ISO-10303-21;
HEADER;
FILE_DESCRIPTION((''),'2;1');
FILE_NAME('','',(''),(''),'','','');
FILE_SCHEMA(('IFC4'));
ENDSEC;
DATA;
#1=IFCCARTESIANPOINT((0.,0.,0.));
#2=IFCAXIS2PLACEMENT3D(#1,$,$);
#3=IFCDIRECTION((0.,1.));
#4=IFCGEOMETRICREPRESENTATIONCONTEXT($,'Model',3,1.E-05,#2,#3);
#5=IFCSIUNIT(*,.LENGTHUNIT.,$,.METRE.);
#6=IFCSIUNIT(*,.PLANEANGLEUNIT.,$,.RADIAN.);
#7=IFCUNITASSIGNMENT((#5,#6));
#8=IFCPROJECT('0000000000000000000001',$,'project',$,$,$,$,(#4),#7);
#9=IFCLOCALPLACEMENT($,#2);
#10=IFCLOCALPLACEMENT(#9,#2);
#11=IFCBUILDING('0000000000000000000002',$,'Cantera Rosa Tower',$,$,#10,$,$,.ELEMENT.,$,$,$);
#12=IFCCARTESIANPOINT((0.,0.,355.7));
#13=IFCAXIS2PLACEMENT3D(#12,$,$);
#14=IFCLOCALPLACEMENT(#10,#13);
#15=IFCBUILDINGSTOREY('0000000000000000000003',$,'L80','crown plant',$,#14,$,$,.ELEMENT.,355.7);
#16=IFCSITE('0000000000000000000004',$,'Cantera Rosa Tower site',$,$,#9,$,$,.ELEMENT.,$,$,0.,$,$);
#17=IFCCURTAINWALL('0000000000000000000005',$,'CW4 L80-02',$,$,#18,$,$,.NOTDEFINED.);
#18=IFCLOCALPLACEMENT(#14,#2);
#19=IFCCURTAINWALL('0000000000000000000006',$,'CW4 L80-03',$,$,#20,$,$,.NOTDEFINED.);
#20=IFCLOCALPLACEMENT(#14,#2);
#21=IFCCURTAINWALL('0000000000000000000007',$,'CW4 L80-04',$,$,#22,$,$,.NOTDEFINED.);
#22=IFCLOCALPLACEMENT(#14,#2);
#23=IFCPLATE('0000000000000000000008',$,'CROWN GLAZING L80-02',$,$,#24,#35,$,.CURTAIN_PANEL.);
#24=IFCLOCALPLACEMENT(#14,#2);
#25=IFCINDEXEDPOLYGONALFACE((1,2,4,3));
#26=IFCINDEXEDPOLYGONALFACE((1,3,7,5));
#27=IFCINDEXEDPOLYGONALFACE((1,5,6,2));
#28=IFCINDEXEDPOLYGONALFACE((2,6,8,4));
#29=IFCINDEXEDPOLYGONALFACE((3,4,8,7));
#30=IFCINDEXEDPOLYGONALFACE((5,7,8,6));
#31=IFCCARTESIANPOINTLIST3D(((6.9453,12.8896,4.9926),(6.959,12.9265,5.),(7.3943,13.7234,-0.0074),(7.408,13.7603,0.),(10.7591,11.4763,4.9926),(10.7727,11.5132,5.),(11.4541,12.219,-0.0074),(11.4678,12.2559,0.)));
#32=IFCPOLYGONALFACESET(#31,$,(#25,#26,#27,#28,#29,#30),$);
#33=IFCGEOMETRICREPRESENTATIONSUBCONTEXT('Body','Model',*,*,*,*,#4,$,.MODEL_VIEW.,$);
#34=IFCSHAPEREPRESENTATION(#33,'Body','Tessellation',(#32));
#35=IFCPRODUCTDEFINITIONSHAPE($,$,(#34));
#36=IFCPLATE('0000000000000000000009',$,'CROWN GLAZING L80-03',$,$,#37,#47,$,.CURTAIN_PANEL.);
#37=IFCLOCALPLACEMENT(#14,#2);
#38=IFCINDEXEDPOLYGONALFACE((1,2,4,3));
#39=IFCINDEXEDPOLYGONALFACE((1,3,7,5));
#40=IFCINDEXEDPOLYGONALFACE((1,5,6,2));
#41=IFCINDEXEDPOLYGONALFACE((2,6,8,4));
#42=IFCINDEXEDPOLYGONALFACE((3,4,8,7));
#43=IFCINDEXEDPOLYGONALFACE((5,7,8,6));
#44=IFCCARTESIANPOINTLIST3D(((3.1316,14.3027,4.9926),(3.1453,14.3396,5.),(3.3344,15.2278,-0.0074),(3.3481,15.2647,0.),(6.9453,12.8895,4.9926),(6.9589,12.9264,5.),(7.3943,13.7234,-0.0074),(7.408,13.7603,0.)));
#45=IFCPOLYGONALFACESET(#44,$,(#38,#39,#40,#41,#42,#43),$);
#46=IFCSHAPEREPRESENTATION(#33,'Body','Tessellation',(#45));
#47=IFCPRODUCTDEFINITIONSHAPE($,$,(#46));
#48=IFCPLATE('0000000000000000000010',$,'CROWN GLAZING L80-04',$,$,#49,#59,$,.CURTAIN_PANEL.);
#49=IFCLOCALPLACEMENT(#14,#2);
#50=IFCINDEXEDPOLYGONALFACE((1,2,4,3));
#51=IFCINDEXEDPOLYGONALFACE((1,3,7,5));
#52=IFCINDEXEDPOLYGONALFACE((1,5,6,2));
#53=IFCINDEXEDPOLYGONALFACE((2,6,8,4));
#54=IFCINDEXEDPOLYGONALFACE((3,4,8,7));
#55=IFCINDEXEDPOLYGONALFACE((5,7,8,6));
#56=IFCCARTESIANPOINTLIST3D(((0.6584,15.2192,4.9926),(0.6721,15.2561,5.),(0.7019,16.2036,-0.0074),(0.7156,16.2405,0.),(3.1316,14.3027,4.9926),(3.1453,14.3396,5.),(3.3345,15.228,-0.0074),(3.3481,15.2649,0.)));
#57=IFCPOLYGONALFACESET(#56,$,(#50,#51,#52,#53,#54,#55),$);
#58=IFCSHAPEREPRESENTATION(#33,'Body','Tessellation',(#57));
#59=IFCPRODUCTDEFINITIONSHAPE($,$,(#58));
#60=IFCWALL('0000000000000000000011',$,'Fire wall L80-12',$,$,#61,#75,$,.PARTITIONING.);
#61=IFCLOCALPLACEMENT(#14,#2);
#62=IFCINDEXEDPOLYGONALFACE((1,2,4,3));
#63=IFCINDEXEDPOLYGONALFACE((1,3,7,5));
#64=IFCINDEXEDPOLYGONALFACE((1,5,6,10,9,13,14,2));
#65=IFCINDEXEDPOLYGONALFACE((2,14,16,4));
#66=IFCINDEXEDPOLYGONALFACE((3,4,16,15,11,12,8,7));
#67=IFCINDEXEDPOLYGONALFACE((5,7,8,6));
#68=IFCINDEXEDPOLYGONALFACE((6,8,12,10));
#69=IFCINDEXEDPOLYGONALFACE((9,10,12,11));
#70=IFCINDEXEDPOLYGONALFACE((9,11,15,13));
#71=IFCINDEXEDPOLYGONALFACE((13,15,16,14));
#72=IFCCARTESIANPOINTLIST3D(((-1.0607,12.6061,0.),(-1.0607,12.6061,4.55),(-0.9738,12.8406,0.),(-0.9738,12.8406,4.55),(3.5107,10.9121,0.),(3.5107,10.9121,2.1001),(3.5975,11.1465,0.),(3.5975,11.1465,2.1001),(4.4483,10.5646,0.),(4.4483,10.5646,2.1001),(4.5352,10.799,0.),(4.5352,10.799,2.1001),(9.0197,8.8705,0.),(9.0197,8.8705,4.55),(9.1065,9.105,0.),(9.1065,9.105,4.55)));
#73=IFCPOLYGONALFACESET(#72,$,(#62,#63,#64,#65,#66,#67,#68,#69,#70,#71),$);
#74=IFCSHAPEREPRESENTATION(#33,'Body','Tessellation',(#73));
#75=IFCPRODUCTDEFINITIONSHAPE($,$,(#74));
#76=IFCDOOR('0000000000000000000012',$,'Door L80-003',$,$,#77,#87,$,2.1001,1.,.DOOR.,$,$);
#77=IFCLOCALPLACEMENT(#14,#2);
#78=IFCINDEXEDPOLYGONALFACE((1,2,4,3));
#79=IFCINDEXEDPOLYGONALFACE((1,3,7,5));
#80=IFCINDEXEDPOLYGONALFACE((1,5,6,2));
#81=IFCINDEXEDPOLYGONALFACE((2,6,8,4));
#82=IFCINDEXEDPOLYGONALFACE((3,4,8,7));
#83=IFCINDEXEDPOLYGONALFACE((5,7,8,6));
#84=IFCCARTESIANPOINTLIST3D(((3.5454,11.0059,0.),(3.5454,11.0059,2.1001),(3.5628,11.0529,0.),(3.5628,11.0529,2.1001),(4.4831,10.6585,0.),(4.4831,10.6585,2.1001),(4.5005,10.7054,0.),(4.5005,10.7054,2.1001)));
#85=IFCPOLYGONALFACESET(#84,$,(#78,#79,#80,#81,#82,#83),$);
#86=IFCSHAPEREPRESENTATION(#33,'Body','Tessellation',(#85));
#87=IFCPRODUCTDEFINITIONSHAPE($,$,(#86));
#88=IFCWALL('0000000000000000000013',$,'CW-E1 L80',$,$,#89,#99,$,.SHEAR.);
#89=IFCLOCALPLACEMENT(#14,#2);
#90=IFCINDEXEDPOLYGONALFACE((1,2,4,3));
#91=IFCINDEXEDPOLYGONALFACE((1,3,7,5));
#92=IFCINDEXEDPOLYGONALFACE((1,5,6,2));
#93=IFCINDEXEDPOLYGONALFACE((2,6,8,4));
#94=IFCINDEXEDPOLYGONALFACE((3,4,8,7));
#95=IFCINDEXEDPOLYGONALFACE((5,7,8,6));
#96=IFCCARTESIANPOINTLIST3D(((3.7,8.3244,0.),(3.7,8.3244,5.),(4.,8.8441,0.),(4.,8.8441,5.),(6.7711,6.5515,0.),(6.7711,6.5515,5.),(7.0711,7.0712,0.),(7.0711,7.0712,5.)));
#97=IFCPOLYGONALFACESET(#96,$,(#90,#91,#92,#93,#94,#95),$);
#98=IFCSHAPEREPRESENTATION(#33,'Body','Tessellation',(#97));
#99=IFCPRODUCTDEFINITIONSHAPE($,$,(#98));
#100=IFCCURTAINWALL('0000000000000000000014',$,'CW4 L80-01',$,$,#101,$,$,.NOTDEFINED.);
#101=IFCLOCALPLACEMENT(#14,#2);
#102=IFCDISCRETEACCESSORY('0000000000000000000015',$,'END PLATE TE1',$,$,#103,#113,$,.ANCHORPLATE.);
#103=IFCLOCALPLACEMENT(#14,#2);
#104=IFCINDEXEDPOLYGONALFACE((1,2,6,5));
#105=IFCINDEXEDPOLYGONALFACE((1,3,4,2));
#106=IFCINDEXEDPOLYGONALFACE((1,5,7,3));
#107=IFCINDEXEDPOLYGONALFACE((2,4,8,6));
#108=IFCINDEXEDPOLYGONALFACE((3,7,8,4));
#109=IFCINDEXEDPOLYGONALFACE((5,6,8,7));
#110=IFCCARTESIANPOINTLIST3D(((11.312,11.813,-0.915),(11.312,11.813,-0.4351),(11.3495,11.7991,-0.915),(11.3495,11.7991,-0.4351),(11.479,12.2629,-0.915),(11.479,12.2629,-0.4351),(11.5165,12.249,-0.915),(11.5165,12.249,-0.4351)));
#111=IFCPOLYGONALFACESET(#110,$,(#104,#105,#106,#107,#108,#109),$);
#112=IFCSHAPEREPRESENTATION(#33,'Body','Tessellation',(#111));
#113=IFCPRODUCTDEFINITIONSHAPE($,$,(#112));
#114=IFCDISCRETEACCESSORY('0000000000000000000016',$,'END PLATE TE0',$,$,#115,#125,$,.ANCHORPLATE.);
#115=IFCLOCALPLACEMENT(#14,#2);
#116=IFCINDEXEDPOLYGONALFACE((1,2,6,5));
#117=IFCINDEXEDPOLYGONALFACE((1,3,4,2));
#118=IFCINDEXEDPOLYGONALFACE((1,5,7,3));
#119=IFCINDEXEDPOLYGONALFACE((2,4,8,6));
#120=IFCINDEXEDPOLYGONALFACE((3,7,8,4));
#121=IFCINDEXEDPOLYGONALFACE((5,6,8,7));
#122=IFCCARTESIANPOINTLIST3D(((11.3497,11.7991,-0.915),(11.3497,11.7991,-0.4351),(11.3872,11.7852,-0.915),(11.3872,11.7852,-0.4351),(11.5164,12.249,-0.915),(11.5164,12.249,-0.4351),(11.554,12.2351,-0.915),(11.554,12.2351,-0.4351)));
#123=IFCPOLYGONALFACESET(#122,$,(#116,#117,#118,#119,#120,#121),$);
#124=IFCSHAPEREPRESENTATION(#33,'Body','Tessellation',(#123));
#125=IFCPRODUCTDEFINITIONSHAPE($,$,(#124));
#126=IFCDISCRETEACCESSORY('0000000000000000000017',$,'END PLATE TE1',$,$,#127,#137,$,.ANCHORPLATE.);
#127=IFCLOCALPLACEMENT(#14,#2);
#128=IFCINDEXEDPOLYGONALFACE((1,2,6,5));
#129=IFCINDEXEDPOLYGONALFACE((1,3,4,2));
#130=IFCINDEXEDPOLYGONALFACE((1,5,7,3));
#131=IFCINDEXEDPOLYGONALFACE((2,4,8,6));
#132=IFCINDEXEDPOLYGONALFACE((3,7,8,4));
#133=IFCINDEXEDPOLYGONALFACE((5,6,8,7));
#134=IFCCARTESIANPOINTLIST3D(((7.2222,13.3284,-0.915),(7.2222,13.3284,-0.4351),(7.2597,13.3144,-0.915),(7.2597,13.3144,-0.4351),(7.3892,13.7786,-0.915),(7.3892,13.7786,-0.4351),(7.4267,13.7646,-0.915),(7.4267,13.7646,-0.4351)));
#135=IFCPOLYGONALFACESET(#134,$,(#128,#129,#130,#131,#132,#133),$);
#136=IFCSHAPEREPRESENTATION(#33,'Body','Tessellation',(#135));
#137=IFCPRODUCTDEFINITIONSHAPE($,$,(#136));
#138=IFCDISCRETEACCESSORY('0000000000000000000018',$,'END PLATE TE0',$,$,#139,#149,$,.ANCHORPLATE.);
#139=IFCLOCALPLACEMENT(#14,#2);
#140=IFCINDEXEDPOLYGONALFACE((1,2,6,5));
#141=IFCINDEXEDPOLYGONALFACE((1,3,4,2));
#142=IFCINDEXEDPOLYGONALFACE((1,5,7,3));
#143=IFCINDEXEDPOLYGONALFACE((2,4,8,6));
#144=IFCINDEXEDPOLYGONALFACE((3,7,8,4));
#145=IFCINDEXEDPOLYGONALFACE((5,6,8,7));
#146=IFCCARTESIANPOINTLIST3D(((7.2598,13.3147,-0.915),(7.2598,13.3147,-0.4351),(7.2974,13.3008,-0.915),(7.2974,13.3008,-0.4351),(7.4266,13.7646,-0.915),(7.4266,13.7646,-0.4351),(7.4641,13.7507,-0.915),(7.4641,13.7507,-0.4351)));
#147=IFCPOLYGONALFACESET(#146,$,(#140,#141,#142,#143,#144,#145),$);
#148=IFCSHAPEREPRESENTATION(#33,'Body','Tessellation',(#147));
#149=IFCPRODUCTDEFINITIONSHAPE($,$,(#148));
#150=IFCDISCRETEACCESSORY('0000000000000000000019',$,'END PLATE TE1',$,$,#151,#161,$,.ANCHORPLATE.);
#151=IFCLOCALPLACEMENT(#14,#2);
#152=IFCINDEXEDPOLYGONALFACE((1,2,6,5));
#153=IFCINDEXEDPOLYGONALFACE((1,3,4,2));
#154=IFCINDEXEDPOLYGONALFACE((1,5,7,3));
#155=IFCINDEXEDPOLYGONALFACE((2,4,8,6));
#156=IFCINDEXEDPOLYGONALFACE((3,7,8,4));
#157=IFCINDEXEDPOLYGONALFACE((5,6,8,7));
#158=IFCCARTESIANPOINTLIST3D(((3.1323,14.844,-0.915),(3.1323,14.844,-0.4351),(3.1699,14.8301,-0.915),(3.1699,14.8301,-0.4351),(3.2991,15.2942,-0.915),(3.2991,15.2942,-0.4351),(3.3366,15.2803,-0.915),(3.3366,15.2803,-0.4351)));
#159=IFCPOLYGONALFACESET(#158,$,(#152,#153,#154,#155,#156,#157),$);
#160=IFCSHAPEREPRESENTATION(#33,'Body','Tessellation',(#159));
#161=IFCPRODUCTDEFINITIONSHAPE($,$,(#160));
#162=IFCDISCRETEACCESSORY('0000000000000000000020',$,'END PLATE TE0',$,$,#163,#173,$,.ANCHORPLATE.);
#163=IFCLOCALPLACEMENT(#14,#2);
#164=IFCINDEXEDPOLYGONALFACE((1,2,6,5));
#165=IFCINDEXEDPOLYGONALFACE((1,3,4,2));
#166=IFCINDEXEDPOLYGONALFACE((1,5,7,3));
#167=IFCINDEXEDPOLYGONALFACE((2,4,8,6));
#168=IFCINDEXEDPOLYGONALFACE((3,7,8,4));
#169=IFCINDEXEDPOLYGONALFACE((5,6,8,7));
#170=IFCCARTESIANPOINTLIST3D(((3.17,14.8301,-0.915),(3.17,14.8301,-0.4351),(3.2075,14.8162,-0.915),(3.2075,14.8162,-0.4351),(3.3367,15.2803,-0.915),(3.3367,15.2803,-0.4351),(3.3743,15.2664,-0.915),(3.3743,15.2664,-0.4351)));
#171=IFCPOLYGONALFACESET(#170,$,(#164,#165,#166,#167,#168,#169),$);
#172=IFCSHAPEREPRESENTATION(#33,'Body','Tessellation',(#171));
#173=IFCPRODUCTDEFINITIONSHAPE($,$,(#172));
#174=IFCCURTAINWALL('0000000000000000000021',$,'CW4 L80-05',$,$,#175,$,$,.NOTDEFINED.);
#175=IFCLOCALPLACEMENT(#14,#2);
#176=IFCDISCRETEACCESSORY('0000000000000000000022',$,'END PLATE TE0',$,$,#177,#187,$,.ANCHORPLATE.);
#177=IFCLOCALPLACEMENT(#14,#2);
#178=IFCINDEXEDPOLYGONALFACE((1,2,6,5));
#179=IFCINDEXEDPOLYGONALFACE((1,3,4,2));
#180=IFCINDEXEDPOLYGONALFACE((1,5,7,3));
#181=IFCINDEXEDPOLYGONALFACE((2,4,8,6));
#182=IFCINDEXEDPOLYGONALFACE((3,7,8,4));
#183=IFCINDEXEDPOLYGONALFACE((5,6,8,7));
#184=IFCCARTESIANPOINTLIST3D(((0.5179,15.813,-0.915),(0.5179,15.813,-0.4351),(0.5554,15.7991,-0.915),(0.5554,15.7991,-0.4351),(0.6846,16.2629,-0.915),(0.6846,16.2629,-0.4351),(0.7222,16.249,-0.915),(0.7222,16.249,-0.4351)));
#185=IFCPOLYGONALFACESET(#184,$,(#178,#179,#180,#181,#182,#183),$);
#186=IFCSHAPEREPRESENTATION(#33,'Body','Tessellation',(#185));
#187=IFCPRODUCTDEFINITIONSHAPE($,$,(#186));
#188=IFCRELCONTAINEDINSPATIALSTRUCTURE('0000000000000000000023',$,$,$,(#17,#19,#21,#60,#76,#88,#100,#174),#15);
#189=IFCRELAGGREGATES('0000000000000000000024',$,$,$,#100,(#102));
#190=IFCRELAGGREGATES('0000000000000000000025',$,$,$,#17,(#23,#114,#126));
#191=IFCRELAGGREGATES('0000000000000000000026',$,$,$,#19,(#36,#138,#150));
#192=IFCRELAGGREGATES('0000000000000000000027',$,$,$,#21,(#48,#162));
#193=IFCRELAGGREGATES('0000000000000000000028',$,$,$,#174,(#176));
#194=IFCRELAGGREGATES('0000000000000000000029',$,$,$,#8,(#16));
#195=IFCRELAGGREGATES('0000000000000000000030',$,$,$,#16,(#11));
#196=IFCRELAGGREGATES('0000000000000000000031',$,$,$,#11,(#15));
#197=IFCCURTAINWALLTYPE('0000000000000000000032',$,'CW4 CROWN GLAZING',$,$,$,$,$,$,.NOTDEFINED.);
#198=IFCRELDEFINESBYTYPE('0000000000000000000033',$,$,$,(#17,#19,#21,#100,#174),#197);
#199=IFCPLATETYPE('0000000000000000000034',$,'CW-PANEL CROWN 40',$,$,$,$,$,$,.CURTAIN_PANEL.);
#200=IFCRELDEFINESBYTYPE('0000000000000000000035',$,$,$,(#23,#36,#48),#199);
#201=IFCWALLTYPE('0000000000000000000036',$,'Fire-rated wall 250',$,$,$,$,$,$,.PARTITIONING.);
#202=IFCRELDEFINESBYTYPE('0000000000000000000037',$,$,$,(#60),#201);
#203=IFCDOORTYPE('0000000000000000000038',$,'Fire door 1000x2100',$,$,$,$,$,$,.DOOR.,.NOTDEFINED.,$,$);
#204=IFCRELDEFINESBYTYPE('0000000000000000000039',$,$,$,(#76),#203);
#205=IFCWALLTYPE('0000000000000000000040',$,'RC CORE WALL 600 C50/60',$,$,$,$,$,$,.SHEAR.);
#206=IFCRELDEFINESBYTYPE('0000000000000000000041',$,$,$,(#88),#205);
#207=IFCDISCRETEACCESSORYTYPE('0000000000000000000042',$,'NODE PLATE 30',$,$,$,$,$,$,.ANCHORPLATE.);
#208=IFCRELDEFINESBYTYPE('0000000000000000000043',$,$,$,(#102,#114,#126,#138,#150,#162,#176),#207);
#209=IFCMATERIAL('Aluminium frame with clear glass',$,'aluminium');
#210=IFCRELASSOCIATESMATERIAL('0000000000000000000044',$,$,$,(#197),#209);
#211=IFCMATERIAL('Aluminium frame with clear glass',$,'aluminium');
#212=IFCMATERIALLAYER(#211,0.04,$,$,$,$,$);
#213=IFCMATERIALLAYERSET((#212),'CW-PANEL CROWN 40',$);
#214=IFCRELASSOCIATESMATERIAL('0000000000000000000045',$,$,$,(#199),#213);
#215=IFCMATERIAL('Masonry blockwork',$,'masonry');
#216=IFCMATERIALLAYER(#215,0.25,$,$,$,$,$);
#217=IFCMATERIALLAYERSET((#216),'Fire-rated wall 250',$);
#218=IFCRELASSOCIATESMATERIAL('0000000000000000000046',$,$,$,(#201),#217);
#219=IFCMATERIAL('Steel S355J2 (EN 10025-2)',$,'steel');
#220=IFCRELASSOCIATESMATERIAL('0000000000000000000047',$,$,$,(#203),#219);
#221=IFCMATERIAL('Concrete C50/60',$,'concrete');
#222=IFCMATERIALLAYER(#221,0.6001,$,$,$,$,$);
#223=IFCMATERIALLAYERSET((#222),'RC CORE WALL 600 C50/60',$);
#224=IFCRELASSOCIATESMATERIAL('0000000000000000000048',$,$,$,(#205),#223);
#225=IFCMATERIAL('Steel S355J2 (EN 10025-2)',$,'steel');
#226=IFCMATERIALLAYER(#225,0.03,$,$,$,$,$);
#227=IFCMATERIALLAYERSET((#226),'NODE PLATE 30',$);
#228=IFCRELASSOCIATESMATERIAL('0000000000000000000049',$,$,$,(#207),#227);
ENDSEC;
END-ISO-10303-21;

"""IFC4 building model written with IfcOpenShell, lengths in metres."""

from ifc_helpers import new_model, si_unit, direction, frame, frame_2d, origin, place, context, subcontext, project, spatial, polyline, rectangle, outline, extrude, material, layer, layer_set, type_object, element, fill, aggregate, save


model = new_model("IFC4")

# Units and contexts
model_context = context("Model", 3, precision=1e-05, world=origin(), true_north=direction((0.0, 1.0)))
body_context = subcontext(model_context, "Body", "Model", "MODEL_VIEW")
ifc_project = project(units=[si_unit("LENGTHUNIT", "METRE"), si_unit("PLANEANGLEUNIT", "RADIAN")], contexts=[model_context])

# Site, building, storey
site_placement = place(None, origin())
site = spatial("IfcSite", under=ifc_project, at=site_placement, Name="Cantera Rosa Tower site", CompositionType="ELEMENT", RefElevation=0.0)
building_placement = place(site_placement, origin())
building = spatial("IfcBuilding", under=site, at=building_placement, Name="Cantera Rosa Tower", CompositionType="ELEMENT")
storey_placement = place(building_placement, frame((0.0, 0.0, 355.7)))
storey = spatial("IfcBuildingStorey", under=building, at=storey_placement, Name="L80", Description="crown plant", CompositionType="ELEMENT", Elevation=355.7)

# Curtain walls
ifc_material_1 = material(Name="Aluminium frame with clear glass", Category="aluminium")
curtain_wall_type = type_object("IfcCurtainWallType", Name="CW4 CROWN GLAZING", PredefinedType="NOTDEFINED", material=ifc_material_1)
curtain_wall_1_placement = place(storey_placement, origin())
curtain_wall_1 = element("IfcCurtainWall", 1, at=curtain_wall_1_placement, inside=storey, type_object=curtain_wall_type, Name="CW4 L80-02", PredefinedType="NOTDEFINED")
curtain_wall_2_placement = place(storey_placement, origin())
curtain_wall_2 = element("IfcCurtainWall", 2, at=curtain_wall_2_placement, inside=storey, type_object=curtain_wall_type, Name="CW4 L80-03", PredefinedType="NOTDEFINED")
curtain_wall_3_placement = place(storey_placement, origin())
curtain_wall_3 = element("IfcCurtainWall", 3, at=curtain_wall_3_placement, inside=storey, type_object=curtain_wall_type, Name="CW4 L80-04", PredefinedType="NOTDEFINED")

# Plates
ifc_material_2 = material(Name="Aluminium frame with clear glass", Category="aluminium")
ifc_layer_1 = layer(ifc_material_2, 0.04)
ifc_layer_set_1 = layer_set([ifc_layer_1], Name="CW-PANEL CROWN 40")
plate_type = type_object("IfcPlateType", Name="CW-PANEL CROWN 40", PredefinedType="CURTAIN_PANEL", material=ifc_layer_set_1)
plate_1_placement = place(storey_placement, frame((11.4678, 12.2559, 0.0), z_axis=(0.341526, 0.921614, 0.184357), x_axis=(-0.937687, 0.347482, 0.000003)))
plate_1 = element("IfcPlate", 4, at=plate_1_placement, type_object=plate_type, Name="CROWN GLAZING L80-02", PredefinedType="CURTAIN_PANEL", context=body_context, shape_type="SweptSolid", body=[
    extrude(outline(polyline([(0.0, 0.0), (4.3296, 0.0), (4.4609, 5.0872), (0.3937, 5.0872), (0.0, 0.0)])), origin(), (0.0, 0.0, -1.0), 0.04),
])
plate_2_placement = place(storey_placement, frame((7.408, 13.7603, 0.0), z_axis=(0.341525, 0.921611, 0.184377), x_axis=(-0.937686, 0.347483, -0.000007)))
plate_2 = element("IfcPlate", 5, at=plate_2_placement, type_object=plate_type, Name="CROWN GLAZING L80-03", PredefinedType="CURTAIN_PANEL", context=body_context, shape_type="SweptSolid", body=[
    extrude(outline(polyline([(0.0, 0.0), (4.3297, 0.0), (4.1983, 5.0872), (0.1313, 5.0872), (0.0, 0.0)])), origin(), (0.0, 0.0, -1.0), 0.04),
])
plate_3_placement = place(storey_placement, frame((3.3481, 15.2649, 0.0), z_axis=(0.34153, 0.921602, 0.184409), x_axis=(-0.937684, 0.34749, 0.0)))
plate_3 = element("IfcPlate", 6, at=plate_3_placement, type_object=plate_type, Name="CROWN GLAZING L80-04", PredefinedType="CURTAIN_PANEL", context=body_context, shape_type="SweptSolid", body=[
    extrude(outline(polyline([(0.0, 0.0), (2.8075, 0.0), (2.5062, 5.0872), (-0.1313, 5.0872), (0.0, 0.0)])), origin(), (0.0, 0.0, -1.0), 0.04),
])

# Wall, opening, door
ifc_material_3 = material(Name="Masonry blockwork", Category="masonry")
ifc_layer_2 = layer(ifc_material_3, 0.25)
ifc_layer_set_2 = layer_set([ifc_layer_2], Name="Fire-rated wall 250")
wall_type_1 = type_object("IfcWallType", Name="Fire-rated wall 250", PredefinedType="PARTITIONING", material=ifc_layer_set_2)
wall_1_placement = place(storey_placement, frame((9.063, 8.9878, 0.0), z_axis=(0.0, 0.0, 1.0), x_axis=(-0.937684, 0.34749, 0.0)))
wall_1 = element("IfcWall", 7, at=wall_1_placement, inside=storey, type_object=wall_type_1, Name="Fire wall L80-12", PredefinedType="PARTITIONING", context=body_context, shape_type="SweptSolid", body=[
    extrude(rectangle(XDim=10.7502, YDim=0.25, at=frame_2d((5.375, 0.0))), origin(), (0.0, 0.0, 1.0), 4.55),
])
opening_placement = place(wall_1_placement, frame((4.875, 0.0, 0.0)))
opening = element("IfcOpeningElement", 8, at=opening_placement, cuts=wall_1, PredefinedType="OPENING", context=body_context, shape_type="SweptSolid", body=[
    extrude(rectangle(XDim=1.0, YDim=2.1001, at=frame_2d((0.5, 1.05))), frame((0.0, 0.135, 0.0), z_axis=(0.0, -1.0, 0.0), x_axis=(1.0, 0.0, 0.0)), (0.0, 0.0, 1.0), 0.27),
])
ifc_material_4 = material(Name="Steel S355J2 (EN 10025-2)", Category="steel")
door_type = type_object("IfcDoorType", Name="Fire door 1000x2100", OperationType="NOTDEFINED", PredefinedType="DOOR", material=ifc_material_4)
door_placement = place(opening_placement, origin())
door = element("IfcDoor", 9, at=door_placement, inside=storey, type_object=door_type, Name="Door L80-003", OverallHeight=2.1001, OverallWidth=1.0, PredefinedType="DOOR", context=body_context, shape_type="SweptSolid", body=[
    extrude(rectangle(XDim=1.0, YDim=2.1001, at=frame_2d((0.5, 1.05))), frame((0.0, 0.0249, 0.0), z_axis=(0.0, -1.0, 0.0), x_axis=(1.0, 0.0, 0.0)), (0.0, 0.0, 1.0), 0.05),
])
fill(opening, door)

# Wall
ifc_material_5 = material(Name="Concrete C50/60", Category="concrete")
ifc_layer_3 = layer(ifc_material_5, 0.6001)
ifc_layer_set_3 = layer_set([ifc_layer_3], Name="RC CORE WALL 600 C50/60")
wall_type_2 = type_object("IfcWallType", Name="RC CORE WALL 600 C50/60", PredefinedType="SHEAR", material=ifc_layer_set_3)
wall_2_placement = place(storey_placement, frame((3.8501, 8.5842, 0.0), z_axis=(0.0, 0.0, 1.0), x_axis=(0.86604, -0.499975, 0.0)))
element("IfcWall", 10, at=wall_2_placement, inside=storey, type_object=wall_type_2, Name="CW-E1 L80", PredefinedType="SHEAR", context=body_context, shape_type="SweptSolid", body=[
    extrude(rectangle(XDim=3.5461, YDim=0.6001, at=frame_2d((1.7729, 0.0))), origin(), (0.0, 0.0, 1.0), 5.0),
])

# Curtain wall, discrete accessory
curtain_wall_4_placement = place(storey_placement, origin())
curtain_wall_4 = element("IfcCurtainWall", 11, at=curtain_wall_4_placement, inside=storey, type_object=curtain_wall_type, Name="CW4 L80-01", PredefinedType="NOTDEFINED")
ifc_material_6 = material(Name="Steel S355J2 (EN 10025-2)", Category="steel")
ifc_layer_4 = layer(ifc_material_6, 0.03)
ifc_layer_set_4 = layer_set([ifc_layer_4], Name="NODE PLATE 30")
discrete_accessory_type = type_object("IfcDiscreteAccessoryType", Name="NODE PLATE 30", PredefinedType="ANCHORPLATE", material=ifc_layer_set_4)
discrete_accessory_1_placement = place(storey_placement, frame((11.312, 11.813, -0.4351), z_axis=(-0.937515, 0.347944, 0.0), x_axis=(0.347944, 0.937515, 0.0)))
discrete_accessory_1 = element("IfcDiscreteAccessory", 12, at=discrete_accessory_1_placement, type_object=discrete_accessory_type, Name="END PLATE TE1", PredefinedType="ANCHORPLATE", context=body_context, shape_type="SweptSolid", body=[
    extrude(outline(polyline([(0.0, 0.0), (0.4799, 0.0), (0.4799, 0.48), (0.0, 0.48), (0.0, 0.0)])), origin(), (0.0, 0.0, -1.0), 0.04),
])
aggregate(curtain_wall_4, [discrete_accessory_1])

# Discrete accessories
discrete_accessory_2_placement = place(storey_placement, frame((11.554, 12.2351, -0.4351), z_axis=(0.937681, -0.347497, 0.0), x_axis=(-0.347497, -0.937681, 0.0)))
discrete_accessory_2 = element("IfcDiscreteAccessory", 13, at=discrete_accessory_2_placement, type_object=discrete_accessory_type, Name="END PLATE TE0", PredefinedType="ANCHORPLATE", context=body_context, shape_type="SweptSolid", body=[
    extrude(outline(polyline([(0.0, 0.0), (0.4799, 0.0), (0.4799, 0.48), (0.0, 0.48), (0.0, 0.0)])), origin(), (0.0, 0.0, -1.0), 0.04),
])
discrete_accessory_3_placement = place(storey_placement, frame((7.2222, 13.3284, -0.4351), z_axis=(-0.937577, 0.347778, 0.0), x_axis=(0.347778, 0.937577, 0.0)))
discrete_accessory_3 = element("IfcDiscreteAccessory", 14, at=discrete_accessory_3_placement, type_object=discrete_accessory_type, Name="END PLATE TE1", PredefinedType="ANCHORPLATE", context=body_context, shape_type="SweptSolid", body=[
    extrude(outline(polyline([(0.0, 0.0), (0.4802, 0.0), (0.4802, 0.48), (0.0, 0.48), (0.0, 0.0)])), origin(), (0.0, 0.0, -1.0), 0.04),
])
aggregate(curtain_wall_1, [plate_1, discrete_accessory_2, discrete_accessory_3])
discrete_accessory_4_placement = place(storey_placement, frame((7.4641, 13.7507, -0.4351), z_axis=(0.937681, -0.347497, 0.0), x_axis=(-0.347497, -0.937681, 0.0)))
discrete_accessory_4 = element("IfcDiscreteAccessory", 15, at=discrete_accessory_4_placement, type_object=discrete_accessory_type, Name="END PLATE TE0", PredefinedType="ANCHORPLATE", context=body_context, shape_type="SweptSolid", body=[
    extrude(outline(polyline([(0.0, 0.0), (0.4799, 0.0), (0.4799, 0.48), (0.0, 0.48), (0.0, 0.0)])), origin(), (0.0, 0.0, -1.0), 0.04),
])
discrete_accessory_5_placement = place(storey_placement, frame((3.1323, 14.844, -0.4351), z_axis=(-0.937743, 0.347331, 0.0), x_axis=(0.347331, 0.937743, 0.0)))
discrete_accessory_5 = element("IfcDiscreteAccessory", 16, at=discrete_accessory_5_placement, type_object=discrete_accessory_type, Name="END PLATE TE1", PredefinedType="ANCHORPLATE", context=body_context, shape_type="SweptSolid", body=[
    extrude(outline(polyline([(0.0, 0.0), (0.4801, 0.0), (0.4801, 0.48), (0.0, 0.48), (0.0, 0.0)])), origin(), (0.0, 0.0, -1.0), 0.04),
])
aggregate(curtain_wall_2, [plate_2, discrete_accessory_4, discrete_accessory_5])
discrete_accessory_6_placement = place(storey_placement, frame((3.3743, 15.2664, -0.4351), z_axis=(0.937743, -0.347331, 0.0), x_axis=(-0.347331, -0.937743, 0.0)))
discrete_accessory_6 = element("IfcDiscreteAccessory", 17, at=discrete_accessory_6_placement, type_object=discrete_accessory_type, Name="END PLATE TE0", PredefinedType="ANCHORPLATE", context=body_context, shape_type="SweptSolid", body=[
    extrude(outline(polyline([(0.0, 0.0), (0.4801, 0.0), (0.4801, 0.48), (0.0, 0.48), (0.0, 0.0)])), origin(), (0.0, 0.0, -1.0), 0.04),
])
aggregate(curtain_wall_3, [plate_3, discrete_accessory_6])

# Curtain wall, discrete accessory
curtain_wall_5_placement = place(storey_placement, origin())
curtain_wall_5 = element("IfcCurtainWall", 18, at=curtain_wall_5_placement, inside=storey, type_object=curtain_wall_type, Name="CW4 L80-05", PredefinedType="NOTDEFINED")
discrete_accessory_7_placement = place(storey_placement, frame((0.7222, 16.249, -0.4351), z_axis=(0.937681, -0.347497, 0.0), x_axis=(-0.347497, -0.937681, 0.0)))
discrete_accessory_7 = element("IfcDiscreteAccessory", 19, at=discrete_accessory_7_placement, type_object=discrete_accessory_type, Name="END PLATE TE0", PredefinedType="ANCHORPLATE", context=body_context, shape_type="SweptSolid", body=[
    extrude(outline(polyline([(0.0, 0.0), (0.4799, 0.0), (0.4799, 0.48), (0.0, 0.48), (0.0, 0.0)])), origin(), (0.0, 0.0, -1.0), 0.04),
])
aggregate(curtain_wall_5, [discrete_accessory_7])

save(model, "model.ifc")
